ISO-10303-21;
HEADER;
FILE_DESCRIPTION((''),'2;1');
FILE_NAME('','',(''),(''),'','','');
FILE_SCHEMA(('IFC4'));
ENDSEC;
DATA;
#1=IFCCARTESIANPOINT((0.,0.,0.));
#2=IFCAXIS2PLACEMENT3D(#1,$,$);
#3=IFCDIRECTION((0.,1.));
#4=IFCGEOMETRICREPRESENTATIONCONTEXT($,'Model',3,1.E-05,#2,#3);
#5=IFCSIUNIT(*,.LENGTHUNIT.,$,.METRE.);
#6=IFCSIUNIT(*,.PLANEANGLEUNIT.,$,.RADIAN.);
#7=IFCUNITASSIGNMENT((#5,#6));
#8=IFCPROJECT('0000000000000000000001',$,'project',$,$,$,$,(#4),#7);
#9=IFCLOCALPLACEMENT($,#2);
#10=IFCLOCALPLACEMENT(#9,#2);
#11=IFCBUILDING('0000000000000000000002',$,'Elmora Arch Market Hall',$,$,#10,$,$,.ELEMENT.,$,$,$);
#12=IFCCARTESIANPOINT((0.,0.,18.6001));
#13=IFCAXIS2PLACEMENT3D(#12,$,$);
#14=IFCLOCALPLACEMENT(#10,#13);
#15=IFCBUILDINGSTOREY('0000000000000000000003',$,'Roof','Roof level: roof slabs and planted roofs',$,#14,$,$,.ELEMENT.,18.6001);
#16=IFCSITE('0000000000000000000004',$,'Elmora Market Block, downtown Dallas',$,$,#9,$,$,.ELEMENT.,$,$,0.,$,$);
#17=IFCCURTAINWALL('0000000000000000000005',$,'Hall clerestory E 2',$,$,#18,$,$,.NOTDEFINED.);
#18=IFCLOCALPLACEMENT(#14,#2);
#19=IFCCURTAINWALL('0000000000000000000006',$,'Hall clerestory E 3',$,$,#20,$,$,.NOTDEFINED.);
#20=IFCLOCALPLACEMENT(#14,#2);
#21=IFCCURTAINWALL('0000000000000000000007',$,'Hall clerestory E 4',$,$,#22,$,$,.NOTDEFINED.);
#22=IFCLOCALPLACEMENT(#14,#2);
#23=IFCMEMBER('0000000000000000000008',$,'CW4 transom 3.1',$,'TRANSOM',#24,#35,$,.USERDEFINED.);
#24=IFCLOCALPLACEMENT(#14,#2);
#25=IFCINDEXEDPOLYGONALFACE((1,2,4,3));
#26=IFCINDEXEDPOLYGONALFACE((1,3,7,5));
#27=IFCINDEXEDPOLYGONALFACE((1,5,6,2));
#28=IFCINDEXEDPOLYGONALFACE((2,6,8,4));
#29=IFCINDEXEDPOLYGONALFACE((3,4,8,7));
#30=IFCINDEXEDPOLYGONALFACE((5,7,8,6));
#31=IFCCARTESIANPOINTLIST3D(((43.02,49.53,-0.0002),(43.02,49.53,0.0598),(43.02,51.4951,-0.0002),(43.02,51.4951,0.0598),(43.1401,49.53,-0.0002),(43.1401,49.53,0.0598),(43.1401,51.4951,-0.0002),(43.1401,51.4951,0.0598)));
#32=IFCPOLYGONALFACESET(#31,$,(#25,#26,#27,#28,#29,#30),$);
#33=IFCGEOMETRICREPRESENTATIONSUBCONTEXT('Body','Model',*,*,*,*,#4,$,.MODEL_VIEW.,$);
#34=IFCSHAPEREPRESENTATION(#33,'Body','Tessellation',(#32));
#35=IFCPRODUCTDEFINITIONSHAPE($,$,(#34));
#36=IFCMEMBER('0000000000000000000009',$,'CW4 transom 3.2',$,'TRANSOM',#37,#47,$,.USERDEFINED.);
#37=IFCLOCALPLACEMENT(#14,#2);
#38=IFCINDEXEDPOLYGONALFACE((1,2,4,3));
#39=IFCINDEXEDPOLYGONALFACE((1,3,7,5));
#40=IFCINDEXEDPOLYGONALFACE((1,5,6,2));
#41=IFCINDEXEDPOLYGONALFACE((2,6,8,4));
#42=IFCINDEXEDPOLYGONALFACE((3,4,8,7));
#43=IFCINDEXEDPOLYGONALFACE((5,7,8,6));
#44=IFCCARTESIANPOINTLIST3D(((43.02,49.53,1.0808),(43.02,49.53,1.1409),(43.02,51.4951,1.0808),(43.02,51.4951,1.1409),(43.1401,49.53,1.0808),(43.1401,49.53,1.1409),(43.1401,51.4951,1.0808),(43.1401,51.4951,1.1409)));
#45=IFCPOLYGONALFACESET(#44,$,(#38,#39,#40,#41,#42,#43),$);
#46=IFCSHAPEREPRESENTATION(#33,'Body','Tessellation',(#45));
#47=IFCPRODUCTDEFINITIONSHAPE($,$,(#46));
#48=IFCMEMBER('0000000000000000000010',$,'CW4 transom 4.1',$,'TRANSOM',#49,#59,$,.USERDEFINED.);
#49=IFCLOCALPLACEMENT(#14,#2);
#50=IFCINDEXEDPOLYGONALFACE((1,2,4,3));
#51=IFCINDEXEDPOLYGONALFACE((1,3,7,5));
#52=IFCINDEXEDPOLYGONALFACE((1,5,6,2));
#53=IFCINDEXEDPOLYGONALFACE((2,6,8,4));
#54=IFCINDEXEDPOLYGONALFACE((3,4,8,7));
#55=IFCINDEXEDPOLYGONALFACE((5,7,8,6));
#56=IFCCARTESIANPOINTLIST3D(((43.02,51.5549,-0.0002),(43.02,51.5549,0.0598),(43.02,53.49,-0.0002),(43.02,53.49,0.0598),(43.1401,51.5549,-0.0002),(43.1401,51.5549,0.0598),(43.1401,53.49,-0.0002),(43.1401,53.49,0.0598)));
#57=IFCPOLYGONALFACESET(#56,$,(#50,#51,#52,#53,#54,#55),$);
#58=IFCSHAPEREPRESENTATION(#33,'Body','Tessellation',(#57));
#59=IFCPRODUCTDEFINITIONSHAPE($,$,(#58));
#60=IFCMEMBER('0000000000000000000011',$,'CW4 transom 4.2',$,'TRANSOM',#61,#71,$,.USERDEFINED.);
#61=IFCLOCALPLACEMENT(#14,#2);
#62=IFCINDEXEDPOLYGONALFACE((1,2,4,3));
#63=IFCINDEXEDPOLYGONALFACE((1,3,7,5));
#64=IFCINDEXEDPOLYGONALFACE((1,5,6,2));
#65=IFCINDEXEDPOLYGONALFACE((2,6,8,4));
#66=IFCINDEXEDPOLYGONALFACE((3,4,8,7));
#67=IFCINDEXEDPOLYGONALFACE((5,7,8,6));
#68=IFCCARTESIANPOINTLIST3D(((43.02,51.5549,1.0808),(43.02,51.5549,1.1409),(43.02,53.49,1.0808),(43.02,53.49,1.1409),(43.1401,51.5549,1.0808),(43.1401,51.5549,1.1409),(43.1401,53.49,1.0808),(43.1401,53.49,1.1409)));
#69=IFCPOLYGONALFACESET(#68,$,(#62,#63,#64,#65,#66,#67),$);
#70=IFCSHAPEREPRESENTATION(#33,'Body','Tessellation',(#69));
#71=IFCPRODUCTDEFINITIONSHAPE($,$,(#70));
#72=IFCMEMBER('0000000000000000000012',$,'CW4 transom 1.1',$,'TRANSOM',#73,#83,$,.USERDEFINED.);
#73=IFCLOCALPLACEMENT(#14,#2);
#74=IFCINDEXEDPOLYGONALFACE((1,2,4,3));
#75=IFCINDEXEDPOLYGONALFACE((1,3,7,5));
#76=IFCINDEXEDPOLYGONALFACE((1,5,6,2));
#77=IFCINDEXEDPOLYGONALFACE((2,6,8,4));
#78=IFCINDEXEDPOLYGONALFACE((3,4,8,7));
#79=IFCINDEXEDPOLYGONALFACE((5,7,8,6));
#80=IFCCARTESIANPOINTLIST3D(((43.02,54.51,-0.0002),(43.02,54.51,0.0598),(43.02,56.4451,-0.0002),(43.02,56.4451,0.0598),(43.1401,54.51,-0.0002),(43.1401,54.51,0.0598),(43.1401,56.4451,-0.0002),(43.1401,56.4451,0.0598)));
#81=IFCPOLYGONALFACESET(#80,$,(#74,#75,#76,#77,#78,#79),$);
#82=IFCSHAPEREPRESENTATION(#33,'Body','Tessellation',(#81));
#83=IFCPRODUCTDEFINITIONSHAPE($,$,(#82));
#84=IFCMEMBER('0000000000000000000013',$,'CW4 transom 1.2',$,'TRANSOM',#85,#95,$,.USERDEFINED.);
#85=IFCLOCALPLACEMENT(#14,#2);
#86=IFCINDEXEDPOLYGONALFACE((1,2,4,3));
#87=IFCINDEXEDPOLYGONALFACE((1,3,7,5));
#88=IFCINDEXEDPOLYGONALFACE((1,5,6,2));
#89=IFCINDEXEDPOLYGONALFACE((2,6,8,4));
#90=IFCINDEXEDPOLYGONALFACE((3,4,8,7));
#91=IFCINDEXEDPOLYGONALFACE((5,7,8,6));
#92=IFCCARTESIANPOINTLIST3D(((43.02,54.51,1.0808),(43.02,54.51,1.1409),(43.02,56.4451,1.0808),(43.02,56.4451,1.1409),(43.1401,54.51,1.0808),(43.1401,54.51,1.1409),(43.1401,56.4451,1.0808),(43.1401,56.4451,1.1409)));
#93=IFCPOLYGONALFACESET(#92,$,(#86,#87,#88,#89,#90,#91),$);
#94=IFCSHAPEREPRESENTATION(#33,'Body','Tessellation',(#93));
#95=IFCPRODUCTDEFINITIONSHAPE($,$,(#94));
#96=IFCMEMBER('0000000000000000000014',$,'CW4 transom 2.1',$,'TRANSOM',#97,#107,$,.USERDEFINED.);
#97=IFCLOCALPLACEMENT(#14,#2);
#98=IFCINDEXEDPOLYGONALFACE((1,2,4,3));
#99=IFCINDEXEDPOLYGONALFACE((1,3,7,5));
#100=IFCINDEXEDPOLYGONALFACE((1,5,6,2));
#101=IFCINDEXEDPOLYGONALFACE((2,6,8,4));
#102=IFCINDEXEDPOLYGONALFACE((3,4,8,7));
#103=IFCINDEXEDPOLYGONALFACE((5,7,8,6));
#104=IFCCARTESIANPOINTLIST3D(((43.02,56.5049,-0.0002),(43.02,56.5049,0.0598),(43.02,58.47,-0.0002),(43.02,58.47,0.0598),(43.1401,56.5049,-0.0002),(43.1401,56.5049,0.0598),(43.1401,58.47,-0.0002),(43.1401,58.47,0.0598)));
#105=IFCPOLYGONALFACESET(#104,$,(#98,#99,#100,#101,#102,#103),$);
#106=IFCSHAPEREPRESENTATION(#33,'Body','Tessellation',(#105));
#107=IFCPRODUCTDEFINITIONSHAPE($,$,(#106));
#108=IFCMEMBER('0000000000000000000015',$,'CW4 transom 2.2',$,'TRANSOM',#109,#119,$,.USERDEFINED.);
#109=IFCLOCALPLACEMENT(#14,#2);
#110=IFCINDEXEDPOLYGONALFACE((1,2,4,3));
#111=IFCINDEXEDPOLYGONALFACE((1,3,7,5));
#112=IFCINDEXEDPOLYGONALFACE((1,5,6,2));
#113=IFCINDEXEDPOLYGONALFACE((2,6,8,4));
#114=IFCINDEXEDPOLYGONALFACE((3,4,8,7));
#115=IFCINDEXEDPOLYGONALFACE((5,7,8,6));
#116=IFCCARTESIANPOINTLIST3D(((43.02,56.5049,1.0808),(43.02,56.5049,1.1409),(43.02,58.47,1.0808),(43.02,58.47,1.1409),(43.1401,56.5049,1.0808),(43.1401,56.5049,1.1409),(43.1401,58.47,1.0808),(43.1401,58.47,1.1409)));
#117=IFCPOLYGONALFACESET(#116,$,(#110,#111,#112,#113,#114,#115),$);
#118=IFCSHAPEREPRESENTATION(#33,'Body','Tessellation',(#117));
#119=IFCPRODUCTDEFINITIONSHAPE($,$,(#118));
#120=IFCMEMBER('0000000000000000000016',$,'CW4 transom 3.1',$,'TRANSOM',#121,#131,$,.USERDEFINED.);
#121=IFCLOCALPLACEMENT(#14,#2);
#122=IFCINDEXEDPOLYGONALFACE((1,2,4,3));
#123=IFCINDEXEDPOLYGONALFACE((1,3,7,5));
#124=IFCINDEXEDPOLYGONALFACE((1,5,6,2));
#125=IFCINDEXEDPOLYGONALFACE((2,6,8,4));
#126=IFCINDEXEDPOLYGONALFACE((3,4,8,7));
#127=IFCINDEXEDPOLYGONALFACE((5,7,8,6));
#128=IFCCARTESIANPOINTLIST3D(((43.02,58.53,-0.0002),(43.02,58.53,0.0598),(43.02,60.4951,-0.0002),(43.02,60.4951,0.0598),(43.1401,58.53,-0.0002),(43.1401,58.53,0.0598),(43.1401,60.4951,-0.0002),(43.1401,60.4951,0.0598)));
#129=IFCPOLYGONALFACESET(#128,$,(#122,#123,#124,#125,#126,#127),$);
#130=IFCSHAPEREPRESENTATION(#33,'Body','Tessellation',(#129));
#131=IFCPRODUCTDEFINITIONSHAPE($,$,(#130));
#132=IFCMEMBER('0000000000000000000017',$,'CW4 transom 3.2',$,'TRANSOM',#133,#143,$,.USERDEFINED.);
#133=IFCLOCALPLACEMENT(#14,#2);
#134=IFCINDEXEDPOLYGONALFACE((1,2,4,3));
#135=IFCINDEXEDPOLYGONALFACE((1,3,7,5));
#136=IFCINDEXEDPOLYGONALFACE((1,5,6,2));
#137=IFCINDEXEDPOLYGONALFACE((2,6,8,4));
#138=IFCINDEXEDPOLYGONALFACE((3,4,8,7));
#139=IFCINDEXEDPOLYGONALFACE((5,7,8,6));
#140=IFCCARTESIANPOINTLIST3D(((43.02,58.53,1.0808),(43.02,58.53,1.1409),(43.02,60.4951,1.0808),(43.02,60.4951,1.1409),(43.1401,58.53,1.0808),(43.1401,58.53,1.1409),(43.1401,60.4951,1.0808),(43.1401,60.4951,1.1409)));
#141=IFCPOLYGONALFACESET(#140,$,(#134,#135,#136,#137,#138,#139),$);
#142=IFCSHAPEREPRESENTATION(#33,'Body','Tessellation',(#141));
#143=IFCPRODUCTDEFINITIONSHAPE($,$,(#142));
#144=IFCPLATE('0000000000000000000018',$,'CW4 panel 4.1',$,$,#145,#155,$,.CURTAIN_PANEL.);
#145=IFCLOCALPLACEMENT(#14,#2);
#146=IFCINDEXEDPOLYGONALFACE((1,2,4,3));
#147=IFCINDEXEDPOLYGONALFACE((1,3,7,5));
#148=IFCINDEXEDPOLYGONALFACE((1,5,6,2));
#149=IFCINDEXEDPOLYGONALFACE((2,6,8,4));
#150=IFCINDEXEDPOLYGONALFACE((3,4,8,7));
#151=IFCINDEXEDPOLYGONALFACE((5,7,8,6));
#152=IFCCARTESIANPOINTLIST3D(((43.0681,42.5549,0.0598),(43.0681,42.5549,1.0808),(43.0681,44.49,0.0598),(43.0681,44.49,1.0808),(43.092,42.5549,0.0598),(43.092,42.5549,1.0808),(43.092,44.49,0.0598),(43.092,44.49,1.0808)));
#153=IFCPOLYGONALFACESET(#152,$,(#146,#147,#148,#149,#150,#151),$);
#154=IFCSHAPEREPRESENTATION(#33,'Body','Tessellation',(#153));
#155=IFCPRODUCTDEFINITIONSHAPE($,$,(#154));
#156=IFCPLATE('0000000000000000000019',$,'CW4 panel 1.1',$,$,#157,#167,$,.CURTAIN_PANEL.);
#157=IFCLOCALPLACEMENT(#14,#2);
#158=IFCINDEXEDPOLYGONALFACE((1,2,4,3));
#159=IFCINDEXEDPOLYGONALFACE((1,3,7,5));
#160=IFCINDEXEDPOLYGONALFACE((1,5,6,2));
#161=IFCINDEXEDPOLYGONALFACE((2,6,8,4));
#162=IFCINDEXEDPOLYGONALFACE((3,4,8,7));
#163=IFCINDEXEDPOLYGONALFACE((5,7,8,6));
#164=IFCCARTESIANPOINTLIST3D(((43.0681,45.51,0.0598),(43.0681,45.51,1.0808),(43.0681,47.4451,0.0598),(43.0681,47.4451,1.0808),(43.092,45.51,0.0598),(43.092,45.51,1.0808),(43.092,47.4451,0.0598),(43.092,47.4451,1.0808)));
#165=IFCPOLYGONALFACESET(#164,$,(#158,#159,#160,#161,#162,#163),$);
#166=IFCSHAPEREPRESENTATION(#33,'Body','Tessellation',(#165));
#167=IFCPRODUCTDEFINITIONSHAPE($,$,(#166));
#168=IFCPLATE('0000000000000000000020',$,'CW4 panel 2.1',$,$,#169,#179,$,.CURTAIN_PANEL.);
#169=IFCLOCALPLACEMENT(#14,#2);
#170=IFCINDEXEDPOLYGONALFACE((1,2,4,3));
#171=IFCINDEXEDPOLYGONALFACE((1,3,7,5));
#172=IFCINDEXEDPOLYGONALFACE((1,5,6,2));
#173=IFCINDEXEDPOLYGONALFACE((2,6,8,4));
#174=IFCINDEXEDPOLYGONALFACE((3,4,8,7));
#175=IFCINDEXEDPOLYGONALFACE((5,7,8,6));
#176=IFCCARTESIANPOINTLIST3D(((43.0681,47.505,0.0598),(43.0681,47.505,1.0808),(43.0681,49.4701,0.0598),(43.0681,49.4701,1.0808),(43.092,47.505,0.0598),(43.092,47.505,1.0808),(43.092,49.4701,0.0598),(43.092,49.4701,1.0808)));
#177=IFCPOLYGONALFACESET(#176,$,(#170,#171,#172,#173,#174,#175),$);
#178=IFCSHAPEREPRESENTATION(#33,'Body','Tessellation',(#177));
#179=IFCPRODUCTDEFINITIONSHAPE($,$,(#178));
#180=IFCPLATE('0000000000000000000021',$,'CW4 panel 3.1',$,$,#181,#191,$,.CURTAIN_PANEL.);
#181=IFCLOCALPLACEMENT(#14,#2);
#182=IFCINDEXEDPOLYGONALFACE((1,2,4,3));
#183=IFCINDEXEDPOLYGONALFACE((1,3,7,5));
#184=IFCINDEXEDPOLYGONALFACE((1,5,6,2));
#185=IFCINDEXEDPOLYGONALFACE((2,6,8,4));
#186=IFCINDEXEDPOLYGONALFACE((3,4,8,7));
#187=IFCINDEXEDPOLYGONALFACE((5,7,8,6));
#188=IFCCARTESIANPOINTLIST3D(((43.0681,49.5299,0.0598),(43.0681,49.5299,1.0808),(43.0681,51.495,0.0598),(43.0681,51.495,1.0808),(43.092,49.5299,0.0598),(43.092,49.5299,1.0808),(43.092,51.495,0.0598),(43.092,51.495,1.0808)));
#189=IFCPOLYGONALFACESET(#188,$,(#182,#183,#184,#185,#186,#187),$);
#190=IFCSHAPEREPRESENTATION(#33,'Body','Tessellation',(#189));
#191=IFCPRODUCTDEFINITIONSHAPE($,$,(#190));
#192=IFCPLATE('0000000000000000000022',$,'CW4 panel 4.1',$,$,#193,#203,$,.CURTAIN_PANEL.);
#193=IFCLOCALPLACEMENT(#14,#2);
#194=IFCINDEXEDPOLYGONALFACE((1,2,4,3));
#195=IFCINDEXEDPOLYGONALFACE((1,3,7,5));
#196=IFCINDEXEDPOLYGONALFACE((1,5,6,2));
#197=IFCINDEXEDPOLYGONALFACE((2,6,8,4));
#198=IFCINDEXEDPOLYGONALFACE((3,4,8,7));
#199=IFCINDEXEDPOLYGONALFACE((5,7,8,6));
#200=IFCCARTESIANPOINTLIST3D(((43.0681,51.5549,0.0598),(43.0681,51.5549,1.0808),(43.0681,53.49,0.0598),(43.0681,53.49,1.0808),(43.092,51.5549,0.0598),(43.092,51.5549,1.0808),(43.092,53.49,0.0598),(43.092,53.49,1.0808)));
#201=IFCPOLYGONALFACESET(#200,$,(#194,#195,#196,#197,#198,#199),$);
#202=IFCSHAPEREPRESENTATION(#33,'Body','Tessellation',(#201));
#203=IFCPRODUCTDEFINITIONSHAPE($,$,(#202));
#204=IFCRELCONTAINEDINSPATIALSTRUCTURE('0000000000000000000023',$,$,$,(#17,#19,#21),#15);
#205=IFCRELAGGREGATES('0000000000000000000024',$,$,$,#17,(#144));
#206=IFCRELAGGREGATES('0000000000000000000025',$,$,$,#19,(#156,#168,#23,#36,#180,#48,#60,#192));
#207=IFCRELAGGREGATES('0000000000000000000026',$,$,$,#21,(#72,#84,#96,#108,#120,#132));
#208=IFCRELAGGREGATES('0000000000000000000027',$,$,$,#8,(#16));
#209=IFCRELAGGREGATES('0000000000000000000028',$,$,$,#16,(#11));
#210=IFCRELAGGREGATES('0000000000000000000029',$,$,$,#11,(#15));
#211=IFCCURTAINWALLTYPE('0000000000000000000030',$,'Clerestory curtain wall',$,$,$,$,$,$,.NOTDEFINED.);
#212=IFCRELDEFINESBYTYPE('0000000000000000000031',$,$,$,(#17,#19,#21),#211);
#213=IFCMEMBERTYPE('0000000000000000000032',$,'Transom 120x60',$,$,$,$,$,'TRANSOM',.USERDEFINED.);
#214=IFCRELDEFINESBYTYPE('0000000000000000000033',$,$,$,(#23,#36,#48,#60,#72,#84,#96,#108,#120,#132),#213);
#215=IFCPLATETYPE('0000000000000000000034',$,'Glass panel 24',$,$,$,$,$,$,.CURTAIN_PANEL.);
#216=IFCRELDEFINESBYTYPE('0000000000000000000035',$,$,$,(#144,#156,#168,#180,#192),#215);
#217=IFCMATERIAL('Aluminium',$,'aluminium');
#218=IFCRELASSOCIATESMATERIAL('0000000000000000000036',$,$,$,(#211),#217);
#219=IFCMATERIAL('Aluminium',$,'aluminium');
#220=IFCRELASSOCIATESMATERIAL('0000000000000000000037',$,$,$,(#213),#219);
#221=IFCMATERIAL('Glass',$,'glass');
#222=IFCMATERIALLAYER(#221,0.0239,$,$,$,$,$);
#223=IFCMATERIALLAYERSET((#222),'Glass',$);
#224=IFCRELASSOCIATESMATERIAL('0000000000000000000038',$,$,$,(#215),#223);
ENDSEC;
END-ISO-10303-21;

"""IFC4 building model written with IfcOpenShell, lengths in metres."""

from ifc_helpers import new_model, si_unit, direction, frame, origin, origin_2d, place, context, subcontext, project, spatial, rectangle, extrude, material, layer, layer_set, material_profile, profile_set, type_object, element, aggregate, save


model = new_model("IFC4")

# Units and contexts
model_context = context("Model", 3, precision=1e-05, world=origin(), true_north=direction((0.0, 1.0)))
body_context = subcontext(model_context, "Body", "Model", "MODEL_VIEW")
ifc_project = project(units=[si_unit("LENGTHUNIT", "METRE"), si_unit("PLANEANGLEUNIT", "RADIAN")], contexts=[model_context])

# Site, building, storey
site_placement = place(None, origin())
site = spatial("IfcSite", under=ifc_project, at=site_placement, Name="Elmora Market Block, downtown Dallas", CompositionType="ELEMENT", RefElevation=0.0)
building_placement = place(site_placement, origin())
building = spatial("IfcBuilding", under=site, at=building_placement, Name="Elmora Arch Market Hall", CompositionType="ELEMENT")
storey_placement = place(building_placement, frame((0.0, 0.0, 18.6001)))
storey = spatial("IfcBuildingStorey", under=building, at=storey_placement, Name="Roof", Description="Roof level: roof slabs and planted roofs", CompositionType="ELEMENT", Elevation=18.6001)

# Curtain wall
ifc_material_1 = material(Name="Aluminium", Category="aluminium")
curtain_wall_type = type_object("IfcCurtainWallType", Name="Clerestory curtain wall", PredefinedType="NOTDEFINED", material=ifc_material_1)
curtain_wall_1_placement = place(storey_placement, origin())
curtain_wall_1 = element("IfcCurtainWall", 1, at=curtain_wall_1_placement, inside=storey, type_object=curtain_wall_type, Name="Hall clerestory E 2", PredefinedType="NOTDEFINED")

# Curtain walls
curtain_wall_2_placement = place(storey_placement, origin())
curtain_wall_2 = element("IfcCurtainWall", 2, at=curtain_wall_2_placement, inside=storey, type_object=curtain_wall_type, Name="Hall clerestory E 3", PredefinedType="NOTDEFINED")
curtain_wall_3_placement = place(storey_placement, origin())
curtain_wall_3 = element("IfcCurtainWall", 3, at=curtain_wall_3_placement, inside=storey, type_object=curtain_wall_type, Name="Hall clerestory E 4", PredefinedType="NOTDEFINED")

# Members
ifc_material_2 = material(Name="Aluminium", Category="aluminium")
ifc_material_profile_1 = material_profile(ifc_material_2, rectangle(XDim=0.1201, YDim=0.0601, at=origin_2d()), Name="AL 120x60")
ifc_profile_set_1 = profile_set([ifc_material_profile_1], Name="Aluminium")
member_type_1 = type_object("IfcMemberType", Name="Transom 120x60", ElementType="TRANSOM", PredefinedType="USERDEFINED", material=ifc_profile_set_1)
member_1_placement = place(storey_placement, frame((43.0801, 49.53, 0.0298), z_axis=(0.0, 1.0, 0.0), x_axis=(-1.0, 0.0, 0.0)))
member_1 = element("IfcMember", 4, at=member_1_placement, type_object=member_type_1, Name="CW4 transom 3.1", ObjectType="TRANSOM", PredefinedType="USERDEFINED", context=body_context, shape_type="SweptSolid", body=[
    extrude(rectangle(XDim=0.1201, YDim=0.0601, at=origin_2d()), origin(), (0.0, 0.0, 1.0), 1.9651),
])
member_2_placement = place(storey_placement, frame((43.0801, 49.53, 1.1108), z_axis=(0.0, 1.0, 0.0), x_axis=(-1.0, 0.0, 0.0)))
member_2 = element("IfcMember", 5, at=member_2_placement, type_object=member_type_1, Name="CW4 transom 3.2", ObjectType="TRANSOM", PredefinedType="USERDEFINED", context=body_context, shape_type="SweptSolid", body=[
    extrude(rectangle(XDim=0.1201, YDim=0.0601, at=origin_2d()), origin(), (0.0, 0.0, 1.0), 1.9651),
])
member_3_placement = place(storey_placement, frame((43.0801, 51.5549, 0.0298), z_axis=(0.0, 1.0, 0.0), x_axis=(-1.0, 0.0, 0.0)))
member_3 = element("IfcMember", 6, at=member_3_placement, type_object=member_type_1, Name="CW4 transom 4.1", ObjectType="TRANSOM", PredefinedType="USERDEFINED", context=body_context, shape_type="SweptSolid", body=[
    extrude(rectangle(XDim=0.1201, YDim=0.0601, at=origin_2d()), origin(), (0.0, 0.0, 1.0), 1.9351),
])
member_4_placement = place(storey_placement, frame((43.0801, 51.5549, 1.1108), z_axis=(0.0, 1.0, 0.0), x_axis=(-1.0, 0.0, 0.0)))
member_4 = element("IfcMember", 7, at=member_4_placement, type_object=member_type_1, Name="CW4 transom 4.2", ObjectType="TRANSOM", PredefinedType="USERDEFINED", context=body_context, shape_type="SweptSolid", body=[
    extrude(rectangle(XDim=0.1201, YDim=0.0601, at=origin_2d()), origin(), (0.0, 0.0, 1.0), 1.9351),
])
member_5_placement = place(storey_placement, frame((43.0801, 54.51, 0.0298), z_axis=(0.0, 1.0, 0.0), x_axis=(-1.0, 0.0, 0.0)))
member_5 = element("IfcMember", 8, at=member_5_placement, type_object=member_type_1, Name="CW4 transom 1.1", ObjectType="TRANSOM", PredefinedType="USERDEFINED", context=body_context, shape_type="SweptSolid", body=[
    extrude(rectangle(XDim=0.1201, YDim=0.0601, at=origin_2d()), origin(), (0.0, 0.0, 1.0), 1.9351),
])
member_6_placement = place(storey_placement, frame((43.0801, 54.51, 1.1108), z_axis=(0.0, 1.0, 0.0), x_axis=(-1.0, 0.0, 0.0)))
member_6 = element("IfcMember", 9, at=member_6_placement, type_object=member_type_1, Name="CW4 transom 1.2", ObjectType="TRANSOM", PredefinedType="USERDEFINED", context=body_context, shape_type="SweptSolid", body=[
    extrude(rectangle(XDim=0.1201, YDim=0.0601, at=origin_2d()), origin(), (0.0, 0.0, 1.0), 1.9351),
])
member_7_placement = place(storey_placement, frame((43.0801, 56.5049, 0.0298), z_axis=(0.0, 1.0, 0.0), x_axis=(-1.0, 0.0, 0.0)))
member_7 = element("IfcMember", 10, at=member_7_placement, type_object=member_type_1, Name="CW4 transom 2.1", ObjectType="TRANSOM", PredefinedType="USERDEFINED", context=body_context, shape_type="SweptSolid", body=[
    extrude(rectangle(XDim=0.1201, YDim=0.0601, at=origin_2d()), origin(), (0.0, 0.0, 1.0), 1.9651),
])
member_8_placement = place(storey_placement, frame((43.0801, 56.5049, 1.1108), z_axis=(0.0, 1.0, 0.0), x_axis=(-1.0, 0.0, 0.0)))
member_8 = element("IfcMember", 11, at=member_8_placement, type_object=member_type_1, Name="CW4 transom 2.2", ObjectType="TRANSOM", PredefinedType="USERDEFINED", context=body_context, shape_type="SweptSolid", body=[
    extrude(rectangle(XDim=0.1201, YDim=0.0601, at=origin_2d()), origin(), (0.0, 0.0, 1.0), 1.9651),
])
member_9_placement = place(storey_placement, frame((43.0801, 58.53, 0.0298), z_axis=(0.0, 1.0, 0.0), x_axis=(-1.0, 0.0, 0.0)))
member_9 = element("IfcMember", 12, at=member_9_placement, type_object=member_type_1, Name="CW4 transom 3.1", ObjectType="TRANSOM", PredefinedType="USERDEFINED", context=body_context, shape_type="SweptSolid", body=[
    extrude(rectangle(XDim=0.1201, YDim=0.0601, at=origin_2d()), origin(), (0.0, 0.0, 1.0), 1.9651),
])
member_10_placement = place(storey_placement, frame((43.0801, 58.53, 1.1108), z_axis=(0.0, 1.0, 0.0), x_axis=(-1.0, 0.0, 0.0)))
member_10 = element("IfcMember", 13, at=member_10_placement, type_object=member_type_1, Name="CW4 transom 3.2", ObjectType="TRANSOM", PredefinedType="USERDEFINED", context=body_context, shape_type="SweptSolid", body=[
    extrude(rectangle(XDim=0.1201, YDim=0.0601, at=origin_2d()), origin(), (0.0, 0.0, 1.0), 1.9651),
])

# Plates
ifc_material_3 = material(Name="Glass", Category="glass")
ifc_layer = layer(ifc_material_3, 0.0239)
ifc_layer_set = layer_set([ifc_layer], Name="Glass")
plate_type = type_object("IfcPlateType", Name="Glass panel 24", PredefinedType="CURTAIN_PANEL", material=ifc_layer_set)
plate_1_placement = place(storey_placement, frame((43.0801, 43.5225, 0.0598), z_axis=(0.0, 0.0, 1.0), x_axis=(0.0, 1.0, 0.0)))
plate_1 = element("IfcPlate", 14, at=plate_1_placement, type_object=plate_type, Name="CW4 panel 4.1", PredefinedType="CURTAIN_PANEL", context=body_context, shape_type="SweptSolid", body=[
    extrude(rectangle(XDim=1.9351, YDim=0.0239, at=origin_2d()), origin(), (0.0, 0.0, 1.0), 1.021),
])
aggregate(curtain_wall_1, [plate_1])
plate_2_placement = place(storey_placement, frame((43.0801, 46.4775, 0.0598), z_axis=(0.0, 0.0, 1.0), x_axis=(0.0, 1.0, 0.0)))
plate_2 = element("IfcPlate", 15, at=plate_2_placement, type_object=plate_type, Name="CW4 panel 1.1", PredefinedType="CURTAIN_PANEL", context=body_context, shape_type="SweptSolid", body=[
    extrude(rectangle(XDim=1.9351, YDim=0.0239, at=origin_2d()), origin(), (0.0, 0.0, 1.0), 1.021),
])
plate_3_placement = place(storey_placement, frame((43.0801, 48.4875, 0.0598), z_axis=(0.0, 0.0, 1.0), x_axis=(0.0, 1.0, 0.0)))
plate_3 = element("IfcPlate", 16, at=plate_3_placement, type_object=plate_type, Name="CW4 panel 2.1", PredefinedType="CURTAIN_PANEL", context=body_context, shape_type="SweptSolid", body=[
    extrude(rectangle(XDim=1.9651, YDim=0.0239, at=origin_2d()), origin(), (0.0, 0.0, 1.0), 1.021),
])
plate_4_placement = place(storey_placement, frame((43.0801, 50.5125, 0.0598), z_axis=(0.0, 0.0, 1.0), x_axis=(0.0, 1.0, 0.0)))
plate_4 = element("IfcPlate", 17, at=plate_4_placement, type_object=plate_type, Name="CW4 panel 3.1", PredefinedType="CURTAIN_PANEL", context=body_context, shape_type="SweptSolid", body=[
    extrude(rectangle(XDim=1.9651, YDim=0.0239, at=origin_2d()), origin(), (0.0, 0.0, 1.0), 1.021),
])
plate_5_placement = place(storey_placement, frame((43.0801, 52.5225, 0.0598), z_axis=(0.0, 0.0, 1.0), x_axis=(0.0, 1.0, 0.0)))
plate_5 = element("IfcPlate", 18, at=plate_5_placement, type_object=plate_type, Name="CW4 panel 4.1", PredefinedType="CURTAIN_PANEL", context=body_context, shape_type="SweptSolid", body=[
    extrude(rectangle(XDim=1.9351, YDim=0.0239, at=origin_2d()), origin(), (0.0, 0.0, 1.0), 1.021),
])
aggregate(curtain_wall_2, [plate_2, plate_3, member_1, member_2, plate_4, member_3, member_4, plate_5])
aggregate(curtain_wall_3, [member_5, member_6, member_7, member_8, member_9, member_10])

save(model, "model.ifc")
